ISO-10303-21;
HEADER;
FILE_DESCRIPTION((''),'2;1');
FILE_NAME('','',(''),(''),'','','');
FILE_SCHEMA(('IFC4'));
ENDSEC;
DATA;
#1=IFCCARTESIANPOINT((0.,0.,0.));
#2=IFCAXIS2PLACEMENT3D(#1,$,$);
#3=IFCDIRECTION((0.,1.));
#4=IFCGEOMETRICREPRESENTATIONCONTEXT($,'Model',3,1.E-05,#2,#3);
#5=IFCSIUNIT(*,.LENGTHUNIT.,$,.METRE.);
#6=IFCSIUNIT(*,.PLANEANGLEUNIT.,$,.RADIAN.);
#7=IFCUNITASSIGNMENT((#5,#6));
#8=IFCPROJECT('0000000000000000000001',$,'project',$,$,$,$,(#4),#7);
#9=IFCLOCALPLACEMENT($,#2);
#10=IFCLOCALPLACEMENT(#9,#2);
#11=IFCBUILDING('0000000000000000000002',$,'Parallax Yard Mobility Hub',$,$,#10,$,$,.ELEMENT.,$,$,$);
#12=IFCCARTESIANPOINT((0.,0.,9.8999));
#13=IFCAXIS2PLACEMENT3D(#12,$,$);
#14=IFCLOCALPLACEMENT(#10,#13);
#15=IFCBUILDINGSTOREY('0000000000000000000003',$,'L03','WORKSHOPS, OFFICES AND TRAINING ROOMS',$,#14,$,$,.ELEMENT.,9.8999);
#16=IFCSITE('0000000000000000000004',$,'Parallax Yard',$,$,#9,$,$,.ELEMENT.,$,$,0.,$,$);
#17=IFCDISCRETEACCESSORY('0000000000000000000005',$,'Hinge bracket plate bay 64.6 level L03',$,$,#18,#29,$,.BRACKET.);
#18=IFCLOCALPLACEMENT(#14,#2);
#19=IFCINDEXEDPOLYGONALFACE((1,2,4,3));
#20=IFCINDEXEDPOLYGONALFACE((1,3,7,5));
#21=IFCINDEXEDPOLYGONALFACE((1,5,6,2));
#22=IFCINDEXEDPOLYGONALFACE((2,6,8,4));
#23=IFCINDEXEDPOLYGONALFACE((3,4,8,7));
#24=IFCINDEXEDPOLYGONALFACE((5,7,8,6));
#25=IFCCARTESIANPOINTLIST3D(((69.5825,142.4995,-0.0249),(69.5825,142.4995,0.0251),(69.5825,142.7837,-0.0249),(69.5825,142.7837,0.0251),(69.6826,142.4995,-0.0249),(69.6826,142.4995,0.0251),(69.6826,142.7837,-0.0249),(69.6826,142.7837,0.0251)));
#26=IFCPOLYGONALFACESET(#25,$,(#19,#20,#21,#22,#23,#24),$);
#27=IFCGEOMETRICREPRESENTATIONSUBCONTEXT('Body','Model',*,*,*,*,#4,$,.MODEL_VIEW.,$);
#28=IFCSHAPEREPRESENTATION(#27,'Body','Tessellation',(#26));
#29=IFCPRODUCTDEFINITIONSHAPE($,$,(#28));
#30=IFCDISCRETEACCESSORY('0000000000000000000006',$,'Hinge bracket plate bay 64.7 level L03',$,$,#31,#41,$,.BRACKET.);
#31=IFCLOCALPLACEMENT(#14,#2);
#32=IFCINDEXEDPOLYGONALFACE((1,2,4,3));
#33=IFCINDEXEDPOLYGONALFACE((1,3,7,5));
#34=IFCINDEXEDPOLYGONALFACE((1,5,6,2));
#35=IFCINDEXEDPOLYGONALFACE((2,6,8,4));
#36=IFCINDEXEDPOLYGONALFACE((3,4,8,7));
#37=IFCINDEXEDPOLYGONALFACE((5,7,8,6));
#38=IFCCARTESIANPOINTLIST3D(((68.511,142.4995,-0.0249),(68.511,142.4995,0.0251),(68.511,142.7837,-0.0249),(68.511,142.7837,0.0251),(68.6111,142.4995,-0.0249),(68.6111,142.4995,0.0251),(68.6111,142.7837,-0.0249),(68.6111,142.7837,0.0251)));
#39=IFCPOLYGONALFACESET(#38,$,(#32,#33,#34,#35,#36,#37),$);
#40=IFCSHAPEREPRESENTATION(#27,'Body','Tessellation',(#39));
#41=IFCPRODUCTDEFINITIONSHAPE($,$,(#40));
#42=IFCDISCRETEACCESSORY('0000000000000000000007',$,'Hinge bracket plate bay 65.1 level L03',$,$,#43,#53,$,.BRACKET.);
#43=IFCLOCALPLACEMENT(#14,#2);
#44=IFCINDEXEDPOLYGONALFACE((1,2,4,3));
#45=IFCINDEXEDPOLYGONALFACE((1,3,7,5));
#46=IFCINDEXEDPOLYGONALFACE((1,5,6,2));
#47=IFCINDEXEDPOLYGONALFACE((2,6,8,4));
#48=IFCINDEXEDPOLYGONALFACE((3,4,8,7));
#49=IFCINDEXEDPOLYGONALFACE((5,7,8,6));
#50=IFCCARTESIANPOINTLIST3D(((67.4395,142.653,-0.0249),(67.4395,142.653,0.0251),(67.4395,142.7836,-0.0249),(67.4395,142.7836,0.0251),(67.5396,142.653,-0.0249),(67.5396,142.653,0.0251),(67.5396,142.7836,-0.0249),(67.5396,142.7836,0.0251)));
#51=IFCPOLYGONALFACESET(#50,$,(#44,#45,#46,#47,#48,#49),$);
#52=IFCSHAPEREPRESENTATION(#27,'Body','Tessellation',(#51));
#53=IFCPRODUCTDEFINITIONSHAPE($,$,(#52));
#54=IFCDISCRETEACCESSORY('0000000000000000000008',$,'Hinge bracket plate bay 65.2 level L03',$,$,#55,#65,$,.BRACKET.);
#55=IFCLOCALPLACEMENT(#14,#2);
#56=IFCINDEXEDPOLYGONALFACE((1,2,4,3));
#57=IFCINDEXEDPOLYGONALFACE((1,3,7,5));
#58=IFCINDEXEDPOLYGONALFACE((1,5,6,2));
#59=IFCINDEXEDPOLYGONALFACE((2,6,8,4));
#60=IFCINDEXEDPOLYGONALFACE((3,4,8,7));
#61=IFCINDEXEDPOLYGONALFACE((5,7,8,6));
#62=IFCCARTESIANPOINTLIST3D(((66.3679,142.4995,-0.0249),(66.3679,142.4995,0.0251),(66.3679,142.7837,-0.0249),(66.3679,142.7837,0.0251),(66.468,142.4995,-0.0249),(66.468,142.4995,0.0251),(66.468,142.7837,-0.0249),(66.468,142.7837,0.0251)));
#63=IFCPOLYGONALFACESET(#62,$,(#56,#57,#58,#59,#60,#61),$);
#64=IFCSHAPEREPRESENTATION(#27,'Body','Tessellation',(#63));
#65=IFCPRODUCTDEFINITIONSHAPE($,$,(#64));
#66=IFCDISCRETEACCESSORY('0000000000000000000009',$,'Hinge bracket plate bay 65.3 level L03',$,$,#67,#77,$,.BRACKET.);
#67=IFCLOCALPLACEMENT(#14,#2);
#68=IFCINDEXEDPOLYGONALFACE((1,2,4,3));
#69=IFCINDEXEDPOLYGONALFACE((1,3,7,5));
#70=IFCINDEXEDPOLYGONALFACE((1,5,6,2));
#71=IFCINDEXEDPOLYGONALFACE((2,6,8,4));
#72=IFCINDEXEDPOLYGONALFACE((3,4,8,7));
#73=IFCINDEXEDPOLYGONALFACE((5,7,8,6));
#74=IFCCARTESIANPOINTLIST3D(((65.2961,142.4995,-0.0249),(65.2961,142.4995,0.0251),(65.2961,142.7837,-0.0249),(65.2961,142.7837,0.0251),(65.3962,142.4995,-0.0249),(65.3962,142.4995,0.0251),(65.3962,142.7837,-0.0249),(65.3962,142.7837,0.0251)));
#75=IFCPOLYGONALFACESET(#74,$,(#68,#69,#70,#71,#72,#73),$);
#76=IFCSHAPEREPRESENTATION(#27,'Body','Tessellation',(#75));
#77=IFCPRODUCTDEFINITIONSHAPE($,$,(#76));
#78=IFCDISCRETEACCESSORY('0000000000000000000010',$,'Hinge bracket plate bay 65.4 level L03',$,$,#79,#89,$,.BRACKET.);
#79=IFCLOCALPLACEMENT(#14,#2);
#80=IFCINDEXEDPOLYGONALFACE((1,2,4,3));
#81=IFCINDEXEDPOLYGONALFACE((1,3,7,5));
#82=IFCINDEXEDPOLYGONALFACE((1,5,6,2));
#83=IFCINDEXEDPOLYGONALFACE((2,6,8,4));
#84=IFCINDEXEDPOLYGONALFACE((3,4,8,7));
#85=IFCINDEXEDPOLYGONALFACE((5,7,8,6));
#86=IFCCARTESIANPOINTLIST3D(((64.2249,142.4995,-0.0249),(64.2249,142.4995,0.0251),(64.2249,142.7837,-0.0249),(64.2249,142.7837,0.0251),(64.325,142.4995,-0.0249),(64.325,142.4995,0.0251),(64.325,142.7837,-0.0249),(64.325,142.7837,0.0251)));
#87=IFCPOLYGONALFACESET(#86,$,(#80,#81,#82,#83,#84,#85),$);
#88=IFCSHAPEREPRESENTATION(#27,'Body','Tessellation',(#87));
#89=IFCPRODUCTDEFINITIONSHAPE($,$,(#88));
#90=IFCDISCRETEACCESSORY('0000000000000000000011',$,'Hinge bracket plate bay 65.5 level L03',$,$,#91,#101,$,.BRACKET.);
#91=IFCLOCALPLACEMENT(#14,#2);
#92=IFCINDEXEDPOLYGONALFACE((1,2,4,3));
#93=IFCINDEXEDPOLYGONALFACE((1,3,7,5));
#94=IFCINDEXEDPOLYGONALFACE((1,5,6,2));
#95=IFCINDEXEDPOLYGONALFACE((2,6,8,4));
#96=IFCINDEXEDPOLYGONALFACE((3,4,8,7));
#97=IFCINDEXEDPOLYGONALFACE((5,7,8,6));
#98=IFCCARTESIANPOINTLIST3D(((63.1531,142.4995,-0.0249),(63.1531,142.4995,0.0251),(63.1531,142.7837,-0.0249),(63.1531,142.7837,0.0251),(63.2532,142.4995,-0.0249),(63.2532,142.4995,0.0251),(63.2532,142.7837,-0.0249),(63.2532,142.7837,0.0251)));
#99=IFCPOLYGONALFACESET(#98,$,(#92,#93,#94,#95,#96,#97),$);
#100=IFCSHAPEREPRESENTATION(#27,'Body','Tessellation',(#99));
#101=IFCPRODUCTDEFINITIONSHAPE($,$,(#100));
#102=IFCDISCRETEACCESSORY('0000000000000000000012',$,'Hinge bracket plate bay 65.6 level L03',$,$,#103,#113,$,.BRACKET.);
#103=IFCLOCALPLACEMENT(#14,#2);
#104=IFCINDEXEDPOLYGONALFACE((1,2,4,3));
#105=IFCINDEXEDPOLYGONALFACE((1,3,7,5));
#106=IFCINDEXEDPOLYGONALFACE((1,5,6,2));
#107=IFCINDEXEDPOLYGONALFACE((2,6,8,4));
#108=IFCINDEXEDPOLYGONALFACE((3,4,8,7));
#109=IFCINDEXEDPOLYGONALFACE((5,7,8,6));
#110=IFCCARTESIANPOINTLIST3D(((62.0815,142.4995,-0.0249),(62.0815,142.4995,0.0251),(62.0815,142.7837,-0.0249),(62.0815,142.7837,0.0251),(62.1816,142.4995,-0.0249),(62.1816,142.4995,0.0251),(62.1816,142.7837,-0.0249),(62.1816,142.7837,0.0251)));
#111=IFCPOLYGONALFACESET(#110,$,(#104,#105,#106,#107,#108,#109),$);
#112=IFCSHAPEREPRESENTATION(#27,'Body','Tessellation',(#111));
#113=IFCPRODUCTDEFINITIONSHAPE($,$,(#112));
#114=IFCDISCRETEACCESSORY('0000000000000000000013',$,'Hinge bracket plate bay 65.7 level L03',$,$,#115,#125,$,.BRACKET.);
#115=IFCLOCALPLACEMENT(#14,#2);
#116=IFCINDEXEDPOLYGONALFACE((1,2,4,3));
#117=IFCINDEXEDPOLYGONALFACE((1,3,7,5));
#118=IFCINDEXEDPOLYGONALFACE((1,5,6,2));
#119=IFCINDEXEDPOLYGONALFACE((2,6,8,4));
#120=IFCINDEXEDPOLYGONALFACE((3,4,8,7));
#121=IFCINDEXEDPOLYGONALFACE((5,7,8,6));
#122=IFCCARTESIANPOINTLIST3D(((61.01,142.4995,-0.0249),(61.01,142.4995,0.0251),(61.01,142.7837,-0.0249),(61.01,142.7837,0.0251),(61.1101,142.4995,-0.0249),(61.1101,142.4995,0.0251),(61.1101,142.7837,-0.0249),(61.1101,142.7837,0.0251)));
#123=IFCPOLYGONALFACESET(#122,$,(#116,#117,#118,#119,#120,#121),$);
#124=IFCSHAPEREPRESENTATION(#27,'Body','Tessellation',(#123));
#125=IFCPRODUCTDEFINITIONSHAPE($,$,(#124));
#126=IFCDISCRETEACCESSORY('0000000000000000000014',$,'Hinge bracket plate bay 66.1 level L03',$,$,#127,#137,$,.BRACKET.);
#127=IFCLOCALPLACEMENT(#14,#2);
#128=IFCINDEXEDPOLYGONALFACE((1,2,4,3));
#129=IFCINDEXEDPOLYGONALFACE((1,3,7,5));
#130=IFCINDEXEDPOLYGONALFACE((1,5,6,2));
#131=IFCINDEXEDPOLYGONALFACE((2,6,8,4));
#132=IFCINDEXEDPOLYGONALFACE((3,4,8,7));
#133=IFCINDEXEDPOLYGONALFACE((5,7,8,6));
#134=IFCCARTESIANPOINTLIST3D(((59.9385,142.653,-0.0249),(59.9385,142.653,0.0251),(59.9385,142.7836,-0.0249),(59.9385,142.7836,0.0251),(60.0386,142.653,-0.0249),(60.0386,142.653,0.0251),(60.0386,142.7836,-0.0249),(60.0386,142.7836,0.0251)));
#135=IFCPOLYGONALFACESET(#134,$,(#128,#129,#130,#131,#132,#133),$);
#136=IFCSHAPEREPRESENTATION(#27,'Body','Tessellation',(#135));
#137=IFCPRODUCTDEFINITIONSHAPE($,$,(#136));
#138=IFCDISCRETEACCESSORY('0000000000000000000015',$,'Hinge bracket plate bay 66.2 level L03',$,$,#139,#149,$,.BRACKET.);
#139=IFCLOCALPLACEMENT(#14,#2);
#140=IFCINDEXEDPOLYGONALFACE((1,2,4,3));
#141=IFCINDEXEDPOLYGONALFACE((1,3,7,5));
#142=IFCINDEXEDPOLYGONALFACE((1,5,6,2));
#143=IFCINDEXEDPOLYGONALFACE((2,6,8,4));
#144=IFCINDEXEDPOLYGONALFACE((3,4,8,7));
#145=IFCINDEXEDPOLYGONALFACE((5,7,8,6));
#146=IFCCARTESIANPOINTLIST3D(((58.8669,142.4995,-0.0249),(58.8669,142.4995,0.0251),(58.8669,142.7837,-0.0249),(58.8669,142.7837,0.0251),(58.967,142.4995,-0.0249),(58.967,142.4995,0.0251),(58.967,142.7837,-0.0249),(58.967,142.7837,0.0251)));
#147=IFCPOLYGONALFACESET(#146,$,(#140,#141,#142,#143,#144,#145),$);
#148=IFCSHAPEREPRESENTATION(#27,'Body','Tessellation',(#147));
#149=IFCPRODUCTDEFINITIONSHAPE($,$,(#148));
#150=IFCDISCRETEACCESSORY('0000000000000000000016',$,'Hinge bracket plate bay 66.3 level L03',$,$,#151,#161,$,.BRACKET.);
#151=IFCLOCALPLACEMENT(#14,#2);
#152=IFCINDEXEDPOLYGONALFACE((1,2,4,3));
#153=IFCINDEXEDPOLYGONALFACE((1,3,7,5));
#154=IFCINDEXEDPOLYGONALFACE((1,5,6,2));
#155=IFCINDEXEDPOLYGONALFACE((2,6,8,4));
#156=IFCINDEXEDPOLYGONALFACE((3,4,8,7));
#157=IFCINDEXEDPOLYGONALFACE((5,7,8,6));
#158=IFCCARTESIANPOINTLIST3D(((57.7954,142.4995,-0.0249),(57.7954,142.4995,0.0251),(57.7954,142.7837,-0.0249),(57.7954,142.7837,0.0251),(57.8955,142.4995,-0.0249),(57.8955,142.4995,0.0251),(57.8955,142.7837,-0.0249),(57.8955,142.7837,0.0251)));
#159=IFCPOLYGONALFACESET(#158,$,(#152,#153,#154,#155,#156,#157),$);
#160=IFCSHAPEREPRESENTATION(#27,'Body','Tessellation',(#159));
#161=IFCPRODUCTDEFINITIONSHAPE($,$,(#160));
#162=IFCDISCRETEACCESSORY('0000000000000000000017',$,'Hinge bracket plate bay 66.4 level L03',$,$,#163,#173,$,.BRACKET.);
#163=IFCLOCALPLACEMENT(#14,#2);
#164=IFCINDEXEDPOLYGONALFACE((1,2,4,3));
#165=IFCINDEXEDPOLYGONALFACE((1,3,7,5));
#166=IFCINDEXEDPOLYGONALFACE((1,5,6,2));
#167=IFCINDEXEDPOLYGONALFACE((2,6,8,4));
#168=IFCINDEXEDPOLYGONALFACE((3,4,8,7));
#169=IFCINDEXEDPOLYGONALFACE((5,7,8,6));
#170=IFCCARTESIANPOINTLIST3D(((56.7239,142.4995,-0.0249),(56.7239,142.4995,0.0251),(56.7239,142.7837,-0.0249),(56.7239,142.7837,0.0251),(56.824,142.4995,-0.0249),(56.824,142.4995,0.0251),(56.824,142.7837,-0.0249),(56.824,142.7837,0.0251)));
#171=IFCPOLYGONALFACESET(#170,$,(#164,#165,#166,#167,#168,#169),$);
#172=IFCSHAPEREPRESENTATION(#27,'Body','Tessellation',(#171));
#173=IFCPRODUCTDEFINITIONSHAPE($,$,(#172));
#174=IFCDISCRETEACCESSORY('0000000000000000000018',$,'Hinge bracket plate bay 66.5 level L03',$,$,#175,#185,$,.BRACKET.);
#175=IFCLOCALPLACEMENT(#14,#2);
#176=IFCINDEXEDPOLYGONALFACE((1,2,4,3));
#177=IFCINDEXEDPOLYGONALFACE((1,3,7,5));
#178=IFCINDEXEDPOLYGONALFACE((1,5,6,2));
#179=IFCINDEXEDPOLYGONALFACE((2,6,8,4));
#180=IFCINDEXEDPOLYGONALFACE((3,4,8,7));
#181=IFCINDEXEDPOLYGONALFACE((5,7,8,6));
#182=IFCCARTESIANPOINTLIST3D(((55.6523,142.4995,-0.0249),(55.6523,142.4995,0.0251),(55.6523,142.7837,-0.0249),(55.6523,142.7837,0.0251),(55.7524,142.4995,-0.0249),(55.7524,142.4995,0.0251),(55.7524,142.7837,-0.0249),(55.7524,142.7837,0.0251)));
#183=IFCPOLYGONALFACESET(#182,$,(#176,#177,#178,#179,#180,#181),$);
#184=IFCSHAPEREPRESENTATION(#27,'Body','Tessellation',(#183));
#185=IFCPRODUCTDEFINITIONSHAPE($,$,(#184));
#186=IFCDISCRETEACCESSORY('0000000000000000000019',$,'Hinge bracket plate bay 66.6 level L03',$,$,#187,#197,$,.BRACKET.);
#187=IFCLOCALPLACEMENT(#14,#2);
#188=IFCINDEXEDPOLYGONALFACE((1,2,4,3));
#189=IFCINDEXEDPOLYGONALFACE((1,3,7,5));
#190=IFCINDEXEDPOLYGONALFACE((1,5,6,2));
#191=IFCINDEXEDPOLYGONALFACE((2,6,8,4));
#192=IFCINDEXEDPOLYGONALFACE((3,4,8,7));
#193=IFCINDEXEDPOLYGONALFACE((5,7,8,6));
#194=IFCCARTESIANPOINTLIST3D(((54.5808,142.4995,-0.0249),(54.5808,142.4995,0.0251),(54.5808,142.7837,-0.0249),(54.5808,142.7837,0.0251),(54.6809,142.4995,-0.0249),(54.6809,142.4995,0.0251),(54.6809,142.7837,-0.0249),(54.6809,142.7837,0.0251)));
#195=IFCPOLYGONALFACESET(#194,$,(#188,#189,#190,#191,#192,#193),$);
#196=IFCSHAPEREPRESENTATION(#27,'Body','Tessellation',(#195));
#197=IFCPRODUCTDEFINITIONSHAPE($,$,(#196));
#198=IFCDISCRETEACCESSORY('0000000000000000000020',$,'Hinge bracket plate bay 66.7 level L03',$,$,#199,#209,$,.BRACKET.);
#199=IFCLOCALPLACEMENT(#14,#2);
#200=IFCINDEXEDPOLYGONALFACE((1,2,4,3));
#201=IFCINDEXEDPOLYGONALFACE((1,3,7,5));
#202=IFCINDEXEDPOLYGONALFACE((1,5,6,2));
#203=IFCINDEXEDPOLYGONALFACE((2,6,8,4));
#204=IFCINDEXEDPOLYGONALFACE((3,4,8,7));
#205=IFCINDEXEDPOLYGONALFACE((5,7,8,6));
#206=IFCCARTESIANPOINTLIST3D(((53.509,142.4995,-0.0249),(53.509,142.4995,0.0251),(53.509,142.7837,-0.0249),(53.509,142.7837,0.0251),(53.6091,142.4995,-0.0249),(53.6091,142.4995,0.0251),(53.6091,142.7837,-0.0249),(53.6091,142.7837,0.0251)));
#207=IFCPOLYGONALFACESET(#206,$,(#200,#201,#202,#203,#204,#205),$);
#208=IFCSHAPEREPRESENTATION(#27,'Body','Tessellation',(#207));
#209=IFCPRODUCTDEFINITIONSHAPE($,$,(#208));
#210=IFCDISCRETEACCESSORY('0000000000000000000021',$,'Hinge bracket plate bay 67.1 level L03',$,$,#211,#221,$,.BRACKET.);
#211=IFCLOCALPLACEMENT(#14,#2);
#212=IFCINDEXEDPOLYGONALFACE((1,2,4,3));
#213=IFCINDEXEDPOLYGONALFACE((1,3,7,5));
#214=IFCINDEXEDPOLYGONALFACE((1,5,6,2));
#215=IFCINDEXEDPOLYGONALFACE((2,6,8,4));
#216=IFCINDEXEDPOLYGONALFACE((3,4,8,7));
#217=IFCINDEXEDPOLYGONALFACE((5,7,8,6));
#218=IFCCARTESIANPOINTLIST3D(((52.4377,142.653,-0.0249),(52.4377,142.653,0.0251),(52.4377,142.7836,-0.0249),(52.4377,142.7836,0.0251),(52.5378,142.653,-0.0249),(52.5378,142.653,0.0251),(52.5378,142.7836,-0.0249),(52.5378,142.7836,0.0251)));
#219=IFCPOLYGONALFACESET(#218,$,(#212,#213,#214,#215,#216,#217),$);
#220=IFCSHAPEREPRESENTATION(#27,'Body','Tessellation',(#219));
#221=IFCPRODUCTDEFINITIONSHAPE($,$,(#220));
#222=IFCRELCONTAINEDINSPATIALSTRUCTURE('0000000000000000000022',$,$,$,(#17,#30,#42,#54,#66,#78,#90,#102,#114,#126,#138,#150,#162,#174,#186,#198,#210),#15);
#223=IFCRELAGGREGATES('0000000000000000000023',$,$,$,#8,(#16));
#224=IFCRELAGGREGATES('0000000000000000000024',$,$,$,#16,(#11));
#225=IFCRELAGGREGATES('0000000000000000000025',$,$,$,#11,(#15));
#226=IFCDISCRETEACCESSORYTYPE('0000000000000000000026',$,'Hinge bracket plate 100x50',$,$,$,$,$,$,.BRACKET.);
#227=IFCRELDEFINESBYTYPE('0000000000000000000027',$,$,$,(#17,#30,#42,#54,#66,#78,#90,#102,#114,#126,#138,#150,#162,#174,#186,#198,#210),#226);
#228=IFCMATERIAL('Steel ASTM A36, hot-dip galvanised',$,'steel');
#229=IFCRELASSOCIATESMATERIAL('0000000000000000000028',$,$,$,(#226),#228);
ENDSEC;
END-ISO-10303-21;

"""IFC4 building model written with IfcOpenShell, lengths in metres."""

from ifc_helpers import new_model, si_unit, direction, frame, origin, origin_2d, place, context, subcontext, project, spatial, rectangle, extrude, material, type_object, element, save


model = new_model("IFC4")

# Units and contexts
model_context = context("Model", 3, precision=1e-05, world=origin(), true_north=direction((0.0, 1.0)))
body_context = subcontext(model_context, "Body", "Model", "MODEL_VIEW")
ifc_project = project(units=[si_unit("LENGTHUNIT", "METRE"), si_unit("PLANEANGLEUNIT", "RADIAN")], contexts=[model_context])

# Site, building, storey
site_placement = place(None, origin())
site = spatial("IfcSite", under=ifc_project, at=site_placement, Name="Parallax Yard", CompositionType="ELEMENT", RefElevation=0.0)
building_placement = place(site_placement, origin())
building = spatial("IfcBuilding", under=site, at=building_placement, Name="Parallax Yard Mobility Hub", CompositionType="ELEMENT")
storey_placement = place(building_placement, frame((0.0, 0.0, 9.8999)))
storey = spatial("IfcBuildingStorey", under=building, at=storey_placement, Name="L03", Description="WORKSHOPS, OFFICES AND TRAINING ROOMS", CompositionType="ELEMENT", Elevation=9.8999)

# Discrete accessories
ifc_material_1 = material(Name="Steel ASTM A36, hot-dip galvanised", Category="steel")
discrete_accessory_type_1 = type_object("IfcDiscreteAccessoryType", Name="Hinge bracket plate 100x50", PredefinedType="BRACKET", material=ifc_material_1)
for number, where, z_axis, x_axis, name in (
    (1, (69.6326, 142.6416, -0.0249), (0.0, 0.0, 1.0), (0.0, 1.0, 0.0), "Hinge bracket plate bay 64.6 level L03"),
    (2, (68.561, 142.6416, -0.0249), (0.0, 0.0, 1.0), (0.0, 1.0, 0.0), "Hinge bracket plate bay 64.7 level L03"),
):
    element("IfcDiscreteAccessory", number, at=place(storey_placement, frame(where, z_axis=z_axis, x_axis=x_axis)), inside=storey, type_object=discrete_accessory_type_1, Name=name, PredefinedType="BRACKET", context=body_context, shape_type="SweptSolid", body=[
        extrude(rectangle(XDim=0.2842, YDim=0.1001, at=origin_2d()), origin(), (0.0, 0.0, 1.0), 0.05),
    ])
discrete_accessory_1_placement = place(storey_placement, frame((67.4895, 142.7183, -0.0249), z_axis=(0.0, 0.0, 1.0), x_axis=(0.0, 1.0, 0.0)))
element("IfcDiscreteAccessory", 3, at=discrete_accessory_1_placement, inside=storey, type_object=discrete_accessory_type_1, Name="Hinge bracket plate bay 65.1 level L03", PredefinedType="BRACKET", context=body_context, shape_type="SweptSolid", body=[
    extrude(rectangle(XDim=0.1306, YDim=0.1001, at=origin_2d()), origin(), (0.0, 0.0, 1.0), 0.05),
])
for number, where, z_axis, x_axis, name in (
    (4, (66.418, 142.6416, -0.0249), (0.0, 0.0, 1.0), (0.0, 1.0, 0.0), "Hinge bracket plate bay 65.2 level L03"),
    (5, (65.3462, 142.6416, -0.0249), (0.0, 0.0, 1.0), (0.0, 1.0, 0.0), "Hinge bracket plate bay 65.3 level L03"),
    (6, (64.2749, 142.6416, -0.0249), (0.0, 0.0, 1.0), (0.0, 1.0, 0.0), "Hinge bracket plate bay 65.4 level L03"),
    (7, (63.2031, 142.6416, -0.0249), (0.0, 0.0, 1.0), (0.0, 1.0, 0.0), "Hinge bracket plate bay 65.5 level L03"),
    (8, (62.1316, 142.6416, -0.0249), (0.0, 0.0, 1.0), (0.0, 1.0, 0.0), "Hinge bracket plate bay 65.6 level L03"),
    (9, (61.0601, 142.6416, -0.0249), (0.0, 0.0, 1.0), (0.0, 1.0, 0.0), "Hinge bracket plate bay 65.7 level L03"),
):
    element("IfcDiscreteAccessory", number, at=place(storey_placement, frame(where, z_axis=z_axis, x_axis=x_axis)), inside=storey, type_object=discrete_accessory_type_1, Name=name, PredefinedType="BRACKET", context=body_context, shape_type="SweptSolid", body=[
        extrude(rectangle(XDim=0.2842, YDim=0.1001, at=origin_2d()), origin(), (0.0, 0.0, 1.0), 0.05),
    ])
discrete_accessory_2_placement = place(storey_placement, frame((59.9885, 142.7183, -0.0249), z_axis=(0.0, 0.0, 1.0), x_axis=(0.0, 1.0, 0.0)))
element("IfcDiscreteAccessory", 10, at=discrete_accessory_2_placement, inside=storey, type_object=discrete_accessory_type_1, Name="Hinge bracket plate bay 66.1 level L03", PredefinedType="BRACKET", context=body_context, shape_type="SweptSolid", body=[
    extrude(rectangle(XDim=0.1306, YDim=0.1001, at=origin_2d()), origin(), (0.0, 0.0, 1.0), 0.05),
])
for number, where, z_axis, x_axis, name in (
    (11, (58.917, 142.6416, -0.0249), (0.0, 0.0, 1.0), (0.0, 1.0, 0.0), "Hinge bracket plate bay 66.2 level L03"),
    (12, (57.8455, 142.6416, -0.0249), (0.0, 0.0, 1.0), (0.0, 1.0, 0.0), "Hinge bracket plate bay 66.3 level L03"),
    (13, (56.7739, 142.6416, -0.0249), (0.0, 0.0, 1.0), (0.0, 1.0, 0.0), "Hinge bracket plate bay 66.4 level L03"),
    (14, (55.7024, 142.6416, -0.0249), (0.0, 0.0, 1.0), (0.0, 1.0, 0.0), "Hinge bracket plate bay 66.5 level L03"),
    (15, (54.6309, 142.6416, -0.0249), (0.0, 0.0, 1.0), (0.0, 1.0, 0.0), "Hinge bracket plate bay 66.6 level L03"),
    (16, (53.5591, 142.6416, -0.0249), (0.0, 0.0, 1.0), (0.0, 1.0, 0.0), "Hinge bracket plate bay 66.7 level L03"),
):
    element("IfcDiscreteAccessory", number, at=place(storey_placement, frame(where, z_axis=z_axis, x_axis=x_axis)), inside=storey, type_object=discrete_accessory_type_1, Name=name, PredefinedType="BRACKET", context=body_context, shape_type="SweptSolid", body=[
        extrude(rectangle(XDim=0.2842, YDim=0.1001, at=origin_2d()), origin(), (0.0, 0.0, 1.0), 0.05),
    ])
discrete_accessory_3_placement = place(storey_placement, frame((52.4878, 142.7183, -0.0249), z_axis=(0.0, 0.0, 1.0), x_axis=(0.0, 1.0, 0.0)))
element("IfcDiscreteAccessory", 17, at=discrete_accessory_3_placement, inside=storey, type_object=discrete_accessory_type_1, Name="Hinge bracket plate bay 67.1 level L03", PredefinedType="BRACKET", context=body_context, shape_type="SweptSolid", body=[
    extrude(rectangle(XDim=0.1306, YDim=0.1001, at=origin_2d()), origin(), (0.0, 0.0, 1.0), 0.05),
])

save(model, "model.ifc")
